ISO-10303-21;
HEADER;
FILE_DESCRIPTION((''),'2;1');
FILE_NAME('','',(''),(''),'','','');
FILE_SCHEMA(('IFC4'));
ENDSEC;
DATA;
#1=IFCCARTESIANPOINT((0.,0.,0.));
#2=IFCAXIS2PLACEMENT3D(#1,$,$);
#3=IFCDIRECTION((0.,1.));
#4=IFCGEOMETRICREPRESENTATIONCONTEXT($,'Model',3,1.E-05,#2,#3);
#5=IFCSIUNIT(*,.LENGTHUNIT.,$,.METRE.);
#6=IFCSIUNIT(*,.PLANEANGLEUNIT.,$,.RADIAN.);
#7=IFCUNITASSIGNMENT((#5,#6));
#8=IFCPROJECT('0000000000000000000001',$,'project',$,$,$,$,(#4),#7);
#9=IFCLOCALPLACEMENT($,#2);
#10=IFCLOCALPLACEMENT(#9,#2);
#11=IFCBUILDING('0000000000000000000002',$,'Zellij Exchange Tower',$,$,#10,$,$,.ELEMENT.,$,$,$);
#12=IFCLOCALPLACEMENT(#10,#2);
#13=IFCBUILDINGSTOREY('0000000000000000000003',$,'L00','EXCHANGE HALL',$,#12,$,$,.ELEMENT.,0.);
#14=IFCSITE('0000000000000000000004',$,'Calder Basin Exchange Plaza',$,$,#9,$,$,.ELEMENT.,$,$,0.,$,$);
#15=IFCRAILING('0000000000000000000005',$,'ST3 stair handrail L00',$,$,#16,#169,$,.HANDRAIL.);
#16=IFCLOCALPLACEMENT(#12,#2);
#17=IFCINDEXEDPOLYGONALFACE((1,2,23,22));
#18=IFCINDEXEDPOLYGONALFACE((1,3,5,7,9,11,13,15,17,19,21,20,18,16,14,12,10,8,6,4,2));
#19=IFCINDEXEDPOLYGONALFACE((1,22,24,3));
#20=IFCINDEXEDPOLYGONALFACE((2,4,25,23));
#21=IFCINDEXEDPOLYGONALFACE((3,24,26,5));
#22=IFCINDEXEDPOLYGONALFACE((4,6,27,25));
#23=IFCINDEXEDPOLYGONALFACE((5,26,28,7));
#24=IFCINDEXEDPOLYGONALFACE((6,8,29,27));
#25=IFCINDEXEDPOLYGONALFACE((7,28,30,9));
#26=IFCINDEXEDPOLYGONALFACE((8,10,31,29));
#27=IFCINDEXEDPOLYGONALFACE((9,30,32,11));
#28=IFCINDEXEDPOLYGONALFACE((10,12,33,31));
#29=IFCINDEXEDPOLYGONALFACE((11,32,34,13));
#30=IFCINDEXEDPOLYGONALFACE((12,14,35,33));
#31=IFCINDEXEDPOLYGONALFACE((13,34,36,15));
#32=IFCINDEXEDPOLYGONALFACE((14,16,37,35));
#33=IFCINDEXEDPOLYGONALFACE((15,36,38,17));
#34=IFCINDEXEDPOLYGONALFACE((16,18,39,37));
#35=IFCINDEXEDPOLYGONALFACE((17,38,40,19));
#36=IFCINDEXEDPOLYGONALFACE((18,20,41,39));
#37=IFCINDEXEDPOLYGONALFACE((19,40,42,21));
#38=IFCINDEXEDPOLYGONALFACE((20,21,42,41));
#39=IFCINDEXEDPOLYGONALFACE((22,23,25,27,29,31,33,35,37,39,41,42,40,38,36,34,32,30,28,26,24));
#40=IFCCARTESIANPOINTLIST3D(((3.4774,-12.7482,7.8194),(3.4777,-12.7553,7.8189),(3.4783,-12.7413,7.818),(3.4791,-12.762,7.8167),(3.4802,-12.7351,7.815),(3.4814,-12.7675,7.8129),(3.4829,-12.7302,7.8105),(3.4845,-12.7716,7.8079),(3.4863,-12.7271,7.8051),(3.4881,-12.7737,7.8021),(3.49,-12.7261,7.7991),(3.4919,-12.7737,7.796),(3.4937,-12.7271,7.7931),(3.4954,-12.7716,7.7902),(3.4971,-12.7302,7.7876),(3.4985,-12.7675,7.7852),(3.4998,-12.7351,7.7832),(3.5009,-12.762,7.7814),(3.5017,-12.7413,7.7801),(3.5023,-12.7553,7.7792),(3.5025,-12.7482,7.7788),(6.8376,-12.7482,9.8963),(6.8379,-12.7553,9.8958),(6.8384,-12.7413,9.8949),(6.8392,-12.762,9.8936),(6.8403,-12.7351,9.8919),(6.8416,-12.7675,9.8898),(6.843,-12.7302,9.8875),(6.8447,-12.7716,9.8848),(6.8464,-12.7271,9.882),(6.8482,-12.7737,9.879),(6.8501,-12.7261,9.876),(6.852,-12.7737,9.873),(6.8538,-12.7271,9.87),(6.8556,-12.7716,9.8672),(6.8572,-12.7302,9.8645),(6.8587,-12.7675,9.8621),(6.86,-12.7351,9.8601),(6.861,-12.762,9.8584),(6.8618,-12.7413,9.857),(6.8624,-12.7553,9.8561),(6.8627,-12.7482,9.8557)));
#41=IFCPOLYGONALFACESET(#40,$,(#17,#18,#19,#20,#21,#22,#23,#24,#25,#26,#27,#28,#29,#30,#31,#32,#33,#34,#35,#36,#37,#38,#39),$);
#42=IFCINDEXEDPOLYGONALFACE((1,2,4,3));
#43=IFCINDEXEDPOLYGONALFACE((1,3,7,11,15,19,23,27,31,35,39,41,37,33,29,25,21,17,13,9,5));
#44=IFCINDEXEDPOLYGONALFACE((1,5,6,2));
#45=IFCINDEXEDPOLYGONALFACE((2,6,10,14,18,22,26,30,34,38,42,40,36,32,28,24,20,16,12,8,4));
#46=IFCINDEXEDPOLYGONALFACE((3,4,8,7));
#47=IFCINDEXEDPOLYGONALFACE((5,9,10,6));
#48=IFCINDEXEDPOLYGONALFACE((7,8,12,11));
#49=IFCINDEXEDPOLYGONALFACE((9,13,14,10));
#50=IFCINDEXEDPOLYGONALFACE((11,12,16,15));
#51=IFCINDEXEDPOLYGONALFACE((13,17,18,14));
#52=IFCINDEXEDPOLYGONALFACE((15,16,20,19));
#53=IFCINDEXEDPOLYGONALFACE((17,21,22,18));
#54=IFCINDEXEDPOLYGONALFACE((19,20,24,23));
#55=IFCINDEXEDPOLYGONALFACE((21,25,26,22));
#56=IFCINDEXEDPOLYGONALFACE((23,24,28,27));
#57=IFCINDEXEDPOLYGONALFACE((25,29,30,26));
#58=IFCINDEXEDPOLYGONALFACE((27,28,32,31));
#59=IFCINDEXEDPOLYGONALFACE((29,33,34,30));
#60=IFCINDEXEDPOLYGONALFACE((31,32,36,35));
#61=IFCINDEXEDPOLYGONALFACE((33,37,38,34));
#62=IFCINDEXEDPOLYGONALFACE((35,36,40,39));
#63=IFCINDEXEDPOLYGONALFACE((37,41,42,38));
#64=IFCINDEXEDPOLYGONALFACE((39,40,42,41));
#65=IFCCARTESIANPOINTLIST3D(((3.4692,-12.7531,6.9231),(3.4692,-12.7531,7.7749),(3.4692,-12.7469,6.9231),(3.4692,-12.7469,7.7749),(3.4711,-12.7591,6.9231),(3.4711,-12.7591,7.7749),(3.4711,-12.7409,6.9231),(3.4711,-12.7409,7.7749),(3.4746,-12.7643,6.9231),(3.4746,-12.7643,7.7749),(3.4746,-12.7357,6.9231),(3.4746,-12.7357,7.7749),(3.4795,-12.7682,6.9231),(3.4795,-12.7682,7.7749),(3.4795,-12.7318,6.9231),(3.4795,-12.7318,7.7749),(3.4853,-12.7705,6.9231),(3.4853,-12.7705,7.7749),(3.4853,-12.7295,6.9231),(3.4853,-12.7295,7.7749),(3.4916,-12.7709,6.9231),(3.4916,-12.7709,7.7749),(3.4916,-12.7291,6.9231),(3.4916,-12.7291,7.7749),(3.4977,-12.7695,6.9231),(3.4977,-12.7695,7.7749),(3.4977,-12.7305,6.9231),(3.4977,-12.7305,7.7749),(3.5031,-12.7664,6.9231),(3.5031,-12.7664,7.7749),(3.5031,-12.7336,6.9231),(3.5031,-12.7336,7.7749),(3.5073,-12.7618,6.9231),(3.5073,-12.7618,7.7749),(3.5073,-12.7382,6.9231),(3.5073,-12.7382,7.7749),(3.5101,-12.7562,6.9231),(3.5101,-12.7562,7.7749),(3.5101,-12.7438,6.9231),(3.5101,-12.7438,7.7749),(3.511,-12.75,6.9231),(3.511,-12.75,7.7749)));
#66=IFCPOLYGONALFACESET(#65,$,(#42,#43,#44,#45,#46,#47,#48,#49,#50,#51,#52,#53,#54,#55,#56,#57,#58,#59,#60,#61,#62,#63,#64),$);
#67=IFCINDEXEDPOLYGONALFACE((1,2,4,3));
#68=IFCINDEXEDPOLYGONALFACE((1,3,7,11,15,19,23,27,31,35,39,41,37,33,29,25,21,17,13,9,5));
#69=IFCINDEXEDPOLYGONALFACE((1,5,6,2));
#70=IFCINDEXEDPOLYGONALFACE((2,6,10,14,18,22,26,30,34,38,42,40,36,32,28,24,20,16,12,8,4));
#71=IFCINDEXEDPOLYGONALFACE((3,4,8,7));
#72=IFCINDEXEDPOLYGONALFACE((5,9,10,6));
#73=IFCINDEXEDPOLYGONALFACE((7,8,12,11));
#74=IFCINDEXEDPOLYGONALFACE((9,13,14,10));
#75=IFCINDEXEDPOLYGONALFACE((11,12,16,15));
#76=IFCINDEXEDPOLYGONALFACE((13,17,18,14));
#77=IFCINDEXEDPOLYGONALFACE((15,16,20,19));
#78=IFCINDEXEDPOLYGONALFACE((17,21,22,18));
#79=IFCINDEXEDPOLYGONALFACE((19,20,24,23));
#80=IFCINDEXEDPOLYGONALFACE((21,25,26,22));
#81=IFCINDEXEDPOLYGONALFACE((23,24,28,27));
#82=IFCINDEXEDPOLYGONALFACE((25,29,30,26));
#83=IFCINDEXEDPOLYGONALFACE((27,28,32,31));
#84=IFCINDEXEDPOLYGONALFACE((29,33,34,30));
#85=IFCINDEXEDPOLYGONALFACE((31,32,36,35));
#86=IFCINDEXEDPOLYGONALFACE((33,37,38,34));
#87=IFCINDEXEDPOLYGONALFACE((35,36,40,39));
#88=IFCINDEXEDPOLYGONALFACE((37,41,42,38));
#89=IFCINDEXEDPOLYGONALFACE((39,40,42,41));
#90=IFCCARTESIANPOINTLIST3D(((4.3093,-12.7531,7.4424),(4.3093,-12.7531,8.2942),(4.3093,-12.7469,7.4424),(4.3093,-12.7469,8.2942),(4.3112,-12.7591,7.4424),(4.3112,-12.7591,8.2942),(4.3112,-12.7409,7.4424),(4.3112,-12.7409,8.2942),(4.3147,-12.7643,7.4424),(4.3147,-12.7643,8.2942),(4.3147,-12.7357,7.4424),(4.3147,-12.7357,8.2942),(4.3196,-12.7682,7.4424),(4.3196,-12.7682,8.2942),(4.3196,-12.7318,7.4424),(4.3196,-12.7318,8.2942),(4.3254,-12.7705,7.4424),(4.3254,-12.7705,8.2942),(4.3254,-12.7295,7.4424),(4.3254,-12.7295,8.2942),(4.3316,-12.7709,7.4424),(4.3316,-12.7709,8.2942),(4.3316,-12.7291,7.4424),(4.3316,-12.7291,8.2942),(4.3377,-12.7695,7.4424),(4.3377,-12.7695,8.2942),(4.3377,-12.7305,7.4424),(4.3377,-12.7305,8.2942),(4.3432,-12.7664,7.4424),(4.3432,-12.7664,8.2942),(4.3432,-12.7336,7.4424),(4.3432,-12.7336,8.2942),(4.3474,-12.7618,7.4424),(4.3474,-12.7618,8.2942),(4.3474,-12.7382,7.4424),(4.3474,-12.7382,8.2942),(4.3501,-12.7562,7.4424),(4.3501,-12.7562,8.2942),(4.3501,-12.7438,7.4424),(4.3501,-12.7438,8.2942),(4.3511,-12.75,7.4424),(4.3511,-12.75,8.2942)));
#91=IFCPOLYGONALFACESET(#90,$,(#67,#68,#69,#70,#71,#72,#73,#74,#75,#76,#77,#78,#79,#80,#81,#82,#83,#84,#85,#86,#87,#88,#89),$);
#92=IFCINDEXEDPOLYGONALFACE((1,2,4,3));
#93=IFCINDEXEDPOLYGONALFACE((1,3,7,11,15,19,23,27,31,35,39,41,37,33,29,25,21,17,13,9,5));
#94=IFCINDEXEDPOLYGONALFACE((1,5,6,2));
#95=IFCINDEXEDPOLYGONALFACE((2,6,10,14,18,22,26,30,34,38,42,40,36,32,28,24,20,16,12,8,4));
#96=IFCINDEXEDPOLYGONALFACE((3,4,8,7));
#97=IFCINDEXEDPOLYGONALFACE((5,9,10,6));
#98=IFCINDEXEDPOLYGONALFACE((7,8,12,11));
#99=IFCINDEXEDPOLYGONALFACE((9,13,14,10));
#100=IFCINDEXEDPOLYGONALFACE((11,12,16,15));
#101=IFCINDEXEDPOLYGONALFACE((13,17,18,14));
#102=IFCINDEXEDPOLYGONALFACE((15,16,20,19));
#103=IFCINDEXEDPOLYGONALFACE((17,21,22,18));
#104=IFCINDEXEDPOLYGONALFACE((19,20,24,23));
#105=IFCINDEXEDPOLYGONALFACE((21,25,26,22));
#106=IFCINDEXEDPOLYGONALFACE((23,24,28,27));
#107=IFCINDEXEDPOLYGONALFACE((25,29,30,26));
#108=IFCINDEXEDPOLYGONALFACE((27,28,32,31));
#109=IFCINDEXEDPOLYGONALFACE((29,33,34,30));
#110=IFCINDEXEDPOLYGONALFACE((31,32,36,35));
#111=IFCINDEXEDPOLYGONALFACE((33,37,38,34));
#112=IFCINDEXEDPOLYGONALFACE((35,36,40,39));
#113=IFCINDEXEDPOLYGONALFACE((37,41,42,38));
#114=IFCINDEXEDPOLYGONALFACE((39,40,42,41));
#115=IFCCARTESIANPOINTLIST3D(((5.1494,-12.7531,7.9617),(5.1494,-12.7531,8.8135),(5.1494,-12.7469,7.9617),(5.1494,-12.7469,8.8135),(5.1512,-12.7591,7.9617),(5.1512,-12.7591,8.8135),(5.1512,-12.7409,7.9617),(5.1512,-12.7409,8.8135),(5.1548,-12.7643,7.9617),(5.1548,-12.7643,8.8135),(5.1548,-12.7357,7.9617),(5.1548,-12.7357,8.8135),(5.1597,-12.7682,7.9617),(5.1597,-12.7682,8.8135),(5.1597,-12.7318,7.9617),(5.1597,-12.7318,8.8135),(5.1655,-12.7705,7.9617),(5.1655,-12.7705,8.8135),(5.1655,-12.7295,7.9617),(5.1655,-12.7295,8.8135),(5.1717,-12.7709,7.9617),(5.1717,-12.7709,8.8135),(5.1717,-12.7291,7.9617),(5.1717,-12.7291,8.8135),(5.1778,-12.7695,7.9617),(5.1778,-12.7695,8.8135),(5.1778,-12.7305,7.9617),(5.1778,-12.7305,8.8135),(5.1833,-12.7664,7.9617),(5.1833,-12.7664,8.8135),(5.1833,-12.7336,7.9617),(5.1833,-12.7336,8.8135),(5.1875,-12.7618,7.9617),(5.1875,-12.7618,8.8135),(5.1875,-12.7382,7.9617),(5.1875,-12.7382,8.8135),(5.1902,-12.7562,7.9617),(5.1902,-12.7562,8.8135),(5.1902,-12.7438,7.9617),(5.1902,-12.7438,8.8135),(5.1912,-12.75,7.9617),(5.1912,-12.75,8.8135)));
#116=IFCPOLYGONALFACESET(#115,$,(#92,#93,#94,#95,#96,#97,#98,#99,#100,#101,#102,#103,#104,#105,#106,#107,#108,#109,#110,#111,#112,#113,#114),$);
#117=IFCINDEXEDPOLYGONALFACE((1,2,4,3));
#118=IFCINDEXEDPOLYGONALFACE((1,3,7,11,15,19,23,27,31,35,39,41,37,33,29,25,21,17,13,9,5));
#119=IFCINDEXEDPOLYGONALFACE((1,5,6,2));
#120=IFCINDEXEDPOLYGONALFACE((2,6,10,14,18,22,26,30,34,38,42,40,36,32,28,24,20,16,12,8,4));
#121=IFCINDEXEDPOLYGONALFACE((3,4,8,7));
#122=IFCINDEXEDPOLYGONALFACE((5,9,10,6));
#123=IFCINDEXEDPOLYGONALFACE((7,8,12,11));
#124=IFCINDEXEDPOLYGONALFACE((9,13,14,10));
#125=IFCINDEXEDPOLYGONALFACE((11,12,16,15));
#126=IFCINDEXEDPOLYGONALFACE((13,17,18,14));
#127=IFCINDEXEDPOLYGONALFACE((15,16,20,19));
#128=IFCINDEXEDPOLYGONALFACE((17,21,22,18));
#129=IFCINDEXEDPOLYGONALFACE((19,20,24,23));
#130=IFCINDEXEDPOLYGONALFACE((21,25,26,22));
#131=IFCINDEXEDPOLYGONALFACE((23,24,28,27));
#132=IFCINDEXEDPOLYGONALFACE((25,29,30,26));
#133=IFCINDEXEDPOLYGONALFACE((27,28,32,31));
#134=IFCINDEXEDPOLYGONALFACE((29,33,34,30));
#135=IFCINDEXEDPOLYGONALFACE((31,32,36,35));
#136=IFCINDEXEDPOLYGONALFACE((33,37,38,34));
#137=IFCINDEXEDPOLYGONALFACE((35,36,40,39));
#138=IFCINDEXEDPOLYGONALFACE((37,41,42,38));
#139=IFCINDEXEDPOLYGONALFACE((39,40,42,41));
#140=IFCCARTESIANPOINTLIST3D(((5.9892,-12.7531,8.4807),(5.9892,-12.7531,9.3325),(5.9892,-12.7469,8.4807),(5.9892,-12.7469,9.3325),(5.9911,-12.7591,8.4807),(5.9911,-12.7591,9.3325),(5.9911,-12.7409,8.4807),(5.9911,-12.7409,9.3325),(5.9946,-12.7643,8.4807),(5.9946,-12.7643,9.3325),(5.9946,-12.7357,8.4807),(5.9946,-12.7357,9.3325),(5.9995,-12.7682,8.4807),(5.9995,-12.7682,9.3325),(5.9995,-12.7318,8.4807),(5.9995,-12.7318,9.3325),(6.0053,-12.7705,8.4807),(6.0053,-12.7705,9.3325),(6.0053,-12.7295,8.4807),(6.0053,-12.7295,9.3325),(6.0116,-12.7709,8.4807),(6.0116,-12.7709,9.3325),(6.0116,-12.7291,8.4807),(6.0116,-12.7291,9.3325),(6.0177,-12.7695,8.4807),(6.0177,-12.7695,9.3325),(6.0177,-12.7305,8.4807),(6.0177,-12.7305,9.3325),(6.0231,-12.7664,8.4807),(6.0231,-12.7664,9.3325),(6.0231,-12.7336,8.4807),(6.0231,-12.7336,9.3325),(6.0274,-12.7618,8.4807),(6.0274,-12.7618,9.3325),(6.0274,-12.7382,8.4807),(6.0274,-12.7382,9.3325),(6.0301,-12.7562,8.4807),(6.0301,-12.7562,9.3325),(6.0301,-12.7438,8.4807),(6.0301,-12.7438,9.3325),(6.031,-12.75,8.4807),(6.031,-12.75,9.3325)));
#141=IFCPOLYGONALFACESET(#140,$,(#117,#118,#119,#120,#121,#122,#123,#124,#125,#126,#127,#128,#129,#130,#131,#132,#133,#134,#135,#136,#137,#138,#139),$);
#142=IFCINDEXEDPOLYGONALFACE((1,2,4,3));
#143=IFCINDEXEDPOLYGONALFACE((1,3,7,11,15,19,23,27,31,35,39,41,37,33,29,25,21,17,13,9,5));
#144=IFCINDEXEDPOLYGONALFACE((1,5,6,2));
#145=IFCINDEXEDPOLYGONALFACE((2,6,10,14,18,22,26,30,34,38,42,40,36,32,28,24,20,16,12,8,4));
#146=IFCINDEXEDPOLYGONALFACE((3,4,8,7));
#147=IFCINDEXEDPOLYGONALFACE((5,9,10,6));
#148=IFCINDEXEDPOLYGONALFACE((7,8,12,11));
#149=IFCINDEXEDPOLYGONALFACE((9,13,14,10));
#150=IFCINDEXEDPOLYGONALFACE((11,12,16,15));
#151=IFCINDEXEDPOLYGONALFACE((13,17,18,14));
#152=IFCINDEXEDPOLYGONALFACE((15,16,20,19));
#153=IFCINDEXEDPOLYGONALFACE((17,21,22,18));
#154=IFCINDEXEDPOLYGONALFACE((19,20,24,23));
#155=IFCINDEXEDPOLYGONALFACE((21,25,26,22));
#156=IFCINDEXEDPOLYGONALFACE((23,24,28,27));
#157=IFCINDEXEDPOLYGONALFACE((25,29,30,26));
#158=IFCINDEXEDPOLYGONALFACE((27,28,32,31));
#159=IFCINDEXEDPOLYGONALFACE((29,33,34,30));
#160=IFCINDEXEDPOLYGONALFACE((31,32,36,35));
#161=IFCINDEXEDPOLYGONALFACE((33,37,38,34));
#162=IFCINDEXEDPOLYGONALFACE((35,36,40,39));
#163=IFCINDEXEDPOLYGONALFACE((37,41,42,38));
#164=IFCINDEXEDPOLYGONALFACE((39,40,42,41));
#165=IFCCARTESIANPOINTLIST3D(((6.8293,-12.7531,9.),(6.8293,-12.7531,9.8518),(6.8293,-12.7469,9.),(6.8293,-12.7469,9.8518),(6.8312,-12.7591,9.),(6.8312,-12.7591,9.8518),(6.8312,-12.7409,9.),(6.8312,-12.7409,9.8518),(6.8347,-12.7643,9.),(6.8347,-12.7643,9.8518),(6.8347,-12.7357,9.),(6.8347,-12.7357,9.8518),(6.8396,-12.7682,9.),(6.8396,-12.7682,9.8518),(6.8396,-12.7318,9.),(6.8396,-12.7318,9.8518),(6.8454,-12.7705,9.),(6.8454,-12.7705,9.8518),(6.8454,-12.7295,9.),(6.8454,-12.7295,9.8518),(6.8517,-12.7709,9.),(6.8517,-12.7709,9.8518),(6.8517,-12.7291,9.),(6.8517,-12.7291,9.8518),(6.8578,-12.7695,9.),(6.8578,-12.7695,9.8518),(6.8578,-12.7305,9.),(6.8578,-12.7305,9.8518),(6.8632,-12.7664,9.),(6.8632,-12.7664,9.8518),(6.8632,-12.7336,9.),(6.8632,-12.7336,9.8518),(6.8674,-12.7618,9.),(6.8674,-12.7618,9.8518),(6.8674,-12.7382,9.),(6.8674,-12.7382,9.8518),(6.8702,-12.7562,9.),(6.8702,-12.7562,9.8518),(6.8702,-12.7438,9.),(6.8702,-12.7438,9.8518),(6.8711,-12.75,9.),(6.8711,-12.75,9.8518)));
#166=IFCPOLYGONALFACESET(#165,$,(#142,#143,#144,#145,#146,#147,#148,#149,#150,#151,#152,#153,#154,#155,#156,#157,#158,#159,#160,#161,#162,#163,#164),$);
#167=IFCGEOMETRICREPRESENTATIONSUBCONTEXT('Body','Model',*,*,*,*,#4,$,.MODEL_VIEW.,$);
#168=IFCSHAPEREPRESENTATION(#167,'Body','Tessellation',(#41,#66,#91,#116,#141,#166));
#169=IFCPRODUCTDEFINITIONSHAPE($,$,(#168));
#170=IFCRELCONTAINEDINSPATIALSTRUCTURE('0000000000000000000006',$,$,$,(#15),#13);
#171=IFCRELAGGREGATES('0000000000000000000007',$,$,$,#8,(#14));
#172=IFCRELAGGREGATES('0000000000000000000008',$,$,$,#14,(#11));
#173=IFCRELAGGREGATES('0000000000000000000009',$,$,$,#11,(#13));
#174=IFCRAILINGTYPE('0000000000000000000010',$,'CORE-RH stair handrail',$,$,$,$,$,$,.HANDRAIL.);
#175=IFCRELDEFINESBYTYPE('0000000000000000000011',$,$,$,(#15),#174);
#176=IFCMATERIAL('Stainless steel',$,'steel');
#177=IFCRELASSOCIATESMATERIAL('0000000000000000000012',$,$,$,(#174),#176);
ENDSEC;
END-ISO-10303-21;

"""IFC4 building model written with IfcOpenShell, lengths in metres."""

from ifc_helpers import new_model, si_unit, direction, frame, origin, origin_2d, place, context, subcontext, project, spatial, circle, extrude, material, type_object, element, save


model = new_model("IFC4")

# Units and contexts
model_context = context("Model", 3, precision=1e-05, world=origin(), true_north=direction((0.0, 1.0)))
body_context = subcontext(model_context, "Body", "Model", "MODEL_VIEW")
ifc_project = project(units=[si_unit("LENGTHUNIT", "METRE"), si_unit("PLANEANGLEUNIT", "RADIAN")], contexts=[model_context])

# Site, building, storey
site_placement = place(None, origin())
site = spatial("IfcSite", under=ifc_project, at=site_placement, Name="Calder Basin Exchange Plaza", CompositionType="ELEMENT", RefElevation=0.0)
building_placement = place(site_placement, origin())
building = spatial("IfcBuilding", under=site, at=building_placement, Name="Zellij Exchange Tower", CompositionType="ELEMENT")
storey_placement = place(building_placement, origin())
storey = spatial("IfcBuildingStorey", under=building, at=storey_placement, Name="L00", Description="EXCHANGE HALL", CompositionType="ELEMENT", Elevation=0.0)

# Railing
ifc_material_1 = material(Name="Stainless steel", Category="steel")
railing_type_1 = type_object("IfcRailingType", Name="CORE-RH stair handrail", PredefinedType="HANDRAIL", material=ifc_material_1)
for number, where, name in (
    (1, (3.49, -12.75, 6.9231), "ST3 stair handrail L00"),
):
    element("IfcRailing", number, at=place(storey_placement, frame(where)), inside=storey, type_object=railing_type_1, Name=name, PredefinedType="HANDRAIL", context=body_context, shape_type="SweptSolid", body=[
        extrude(circle(Radius=0.0239, at=origin_2d()), frame((0.0, 0.0, 0.876), z_axis=(0.850623, 0.0, 0.525776), x_axis=(0.0, 1.0, 0.0)), (0.0, 0.0, 1.0), 3.9502),
        extrude(circle(Radius=0.021, at=origin_2d()), origin(), (0.0, 0.0, 1.0), 0.8518),
        extrude(circle(Radius=0.021, at=origin_2d()), frame((0.8401, 0.0, 0.5193)), (0.0, 0.0, 1.0), 0.8518),
        extrude(circle(Radius=0.021, at=origin_2d()), frame((1.6802, 0.0, 1.0386)), (0.0, 0.0, 1.0), 0.8518),
        extrude(circle(Radius=0.021, at=origin_2d()), frame((2.52, 0.0, 1.5576)), (0.0, 0.0, 1.0), 0.8518),
        extrude(circle(Radius=0.021, at=origin_2d()), frame((3.3601, 0.0, 2.0769)), (0.0, 0.0, 1.0), 0.8518),
    ])

save(model, "model.ifc")
